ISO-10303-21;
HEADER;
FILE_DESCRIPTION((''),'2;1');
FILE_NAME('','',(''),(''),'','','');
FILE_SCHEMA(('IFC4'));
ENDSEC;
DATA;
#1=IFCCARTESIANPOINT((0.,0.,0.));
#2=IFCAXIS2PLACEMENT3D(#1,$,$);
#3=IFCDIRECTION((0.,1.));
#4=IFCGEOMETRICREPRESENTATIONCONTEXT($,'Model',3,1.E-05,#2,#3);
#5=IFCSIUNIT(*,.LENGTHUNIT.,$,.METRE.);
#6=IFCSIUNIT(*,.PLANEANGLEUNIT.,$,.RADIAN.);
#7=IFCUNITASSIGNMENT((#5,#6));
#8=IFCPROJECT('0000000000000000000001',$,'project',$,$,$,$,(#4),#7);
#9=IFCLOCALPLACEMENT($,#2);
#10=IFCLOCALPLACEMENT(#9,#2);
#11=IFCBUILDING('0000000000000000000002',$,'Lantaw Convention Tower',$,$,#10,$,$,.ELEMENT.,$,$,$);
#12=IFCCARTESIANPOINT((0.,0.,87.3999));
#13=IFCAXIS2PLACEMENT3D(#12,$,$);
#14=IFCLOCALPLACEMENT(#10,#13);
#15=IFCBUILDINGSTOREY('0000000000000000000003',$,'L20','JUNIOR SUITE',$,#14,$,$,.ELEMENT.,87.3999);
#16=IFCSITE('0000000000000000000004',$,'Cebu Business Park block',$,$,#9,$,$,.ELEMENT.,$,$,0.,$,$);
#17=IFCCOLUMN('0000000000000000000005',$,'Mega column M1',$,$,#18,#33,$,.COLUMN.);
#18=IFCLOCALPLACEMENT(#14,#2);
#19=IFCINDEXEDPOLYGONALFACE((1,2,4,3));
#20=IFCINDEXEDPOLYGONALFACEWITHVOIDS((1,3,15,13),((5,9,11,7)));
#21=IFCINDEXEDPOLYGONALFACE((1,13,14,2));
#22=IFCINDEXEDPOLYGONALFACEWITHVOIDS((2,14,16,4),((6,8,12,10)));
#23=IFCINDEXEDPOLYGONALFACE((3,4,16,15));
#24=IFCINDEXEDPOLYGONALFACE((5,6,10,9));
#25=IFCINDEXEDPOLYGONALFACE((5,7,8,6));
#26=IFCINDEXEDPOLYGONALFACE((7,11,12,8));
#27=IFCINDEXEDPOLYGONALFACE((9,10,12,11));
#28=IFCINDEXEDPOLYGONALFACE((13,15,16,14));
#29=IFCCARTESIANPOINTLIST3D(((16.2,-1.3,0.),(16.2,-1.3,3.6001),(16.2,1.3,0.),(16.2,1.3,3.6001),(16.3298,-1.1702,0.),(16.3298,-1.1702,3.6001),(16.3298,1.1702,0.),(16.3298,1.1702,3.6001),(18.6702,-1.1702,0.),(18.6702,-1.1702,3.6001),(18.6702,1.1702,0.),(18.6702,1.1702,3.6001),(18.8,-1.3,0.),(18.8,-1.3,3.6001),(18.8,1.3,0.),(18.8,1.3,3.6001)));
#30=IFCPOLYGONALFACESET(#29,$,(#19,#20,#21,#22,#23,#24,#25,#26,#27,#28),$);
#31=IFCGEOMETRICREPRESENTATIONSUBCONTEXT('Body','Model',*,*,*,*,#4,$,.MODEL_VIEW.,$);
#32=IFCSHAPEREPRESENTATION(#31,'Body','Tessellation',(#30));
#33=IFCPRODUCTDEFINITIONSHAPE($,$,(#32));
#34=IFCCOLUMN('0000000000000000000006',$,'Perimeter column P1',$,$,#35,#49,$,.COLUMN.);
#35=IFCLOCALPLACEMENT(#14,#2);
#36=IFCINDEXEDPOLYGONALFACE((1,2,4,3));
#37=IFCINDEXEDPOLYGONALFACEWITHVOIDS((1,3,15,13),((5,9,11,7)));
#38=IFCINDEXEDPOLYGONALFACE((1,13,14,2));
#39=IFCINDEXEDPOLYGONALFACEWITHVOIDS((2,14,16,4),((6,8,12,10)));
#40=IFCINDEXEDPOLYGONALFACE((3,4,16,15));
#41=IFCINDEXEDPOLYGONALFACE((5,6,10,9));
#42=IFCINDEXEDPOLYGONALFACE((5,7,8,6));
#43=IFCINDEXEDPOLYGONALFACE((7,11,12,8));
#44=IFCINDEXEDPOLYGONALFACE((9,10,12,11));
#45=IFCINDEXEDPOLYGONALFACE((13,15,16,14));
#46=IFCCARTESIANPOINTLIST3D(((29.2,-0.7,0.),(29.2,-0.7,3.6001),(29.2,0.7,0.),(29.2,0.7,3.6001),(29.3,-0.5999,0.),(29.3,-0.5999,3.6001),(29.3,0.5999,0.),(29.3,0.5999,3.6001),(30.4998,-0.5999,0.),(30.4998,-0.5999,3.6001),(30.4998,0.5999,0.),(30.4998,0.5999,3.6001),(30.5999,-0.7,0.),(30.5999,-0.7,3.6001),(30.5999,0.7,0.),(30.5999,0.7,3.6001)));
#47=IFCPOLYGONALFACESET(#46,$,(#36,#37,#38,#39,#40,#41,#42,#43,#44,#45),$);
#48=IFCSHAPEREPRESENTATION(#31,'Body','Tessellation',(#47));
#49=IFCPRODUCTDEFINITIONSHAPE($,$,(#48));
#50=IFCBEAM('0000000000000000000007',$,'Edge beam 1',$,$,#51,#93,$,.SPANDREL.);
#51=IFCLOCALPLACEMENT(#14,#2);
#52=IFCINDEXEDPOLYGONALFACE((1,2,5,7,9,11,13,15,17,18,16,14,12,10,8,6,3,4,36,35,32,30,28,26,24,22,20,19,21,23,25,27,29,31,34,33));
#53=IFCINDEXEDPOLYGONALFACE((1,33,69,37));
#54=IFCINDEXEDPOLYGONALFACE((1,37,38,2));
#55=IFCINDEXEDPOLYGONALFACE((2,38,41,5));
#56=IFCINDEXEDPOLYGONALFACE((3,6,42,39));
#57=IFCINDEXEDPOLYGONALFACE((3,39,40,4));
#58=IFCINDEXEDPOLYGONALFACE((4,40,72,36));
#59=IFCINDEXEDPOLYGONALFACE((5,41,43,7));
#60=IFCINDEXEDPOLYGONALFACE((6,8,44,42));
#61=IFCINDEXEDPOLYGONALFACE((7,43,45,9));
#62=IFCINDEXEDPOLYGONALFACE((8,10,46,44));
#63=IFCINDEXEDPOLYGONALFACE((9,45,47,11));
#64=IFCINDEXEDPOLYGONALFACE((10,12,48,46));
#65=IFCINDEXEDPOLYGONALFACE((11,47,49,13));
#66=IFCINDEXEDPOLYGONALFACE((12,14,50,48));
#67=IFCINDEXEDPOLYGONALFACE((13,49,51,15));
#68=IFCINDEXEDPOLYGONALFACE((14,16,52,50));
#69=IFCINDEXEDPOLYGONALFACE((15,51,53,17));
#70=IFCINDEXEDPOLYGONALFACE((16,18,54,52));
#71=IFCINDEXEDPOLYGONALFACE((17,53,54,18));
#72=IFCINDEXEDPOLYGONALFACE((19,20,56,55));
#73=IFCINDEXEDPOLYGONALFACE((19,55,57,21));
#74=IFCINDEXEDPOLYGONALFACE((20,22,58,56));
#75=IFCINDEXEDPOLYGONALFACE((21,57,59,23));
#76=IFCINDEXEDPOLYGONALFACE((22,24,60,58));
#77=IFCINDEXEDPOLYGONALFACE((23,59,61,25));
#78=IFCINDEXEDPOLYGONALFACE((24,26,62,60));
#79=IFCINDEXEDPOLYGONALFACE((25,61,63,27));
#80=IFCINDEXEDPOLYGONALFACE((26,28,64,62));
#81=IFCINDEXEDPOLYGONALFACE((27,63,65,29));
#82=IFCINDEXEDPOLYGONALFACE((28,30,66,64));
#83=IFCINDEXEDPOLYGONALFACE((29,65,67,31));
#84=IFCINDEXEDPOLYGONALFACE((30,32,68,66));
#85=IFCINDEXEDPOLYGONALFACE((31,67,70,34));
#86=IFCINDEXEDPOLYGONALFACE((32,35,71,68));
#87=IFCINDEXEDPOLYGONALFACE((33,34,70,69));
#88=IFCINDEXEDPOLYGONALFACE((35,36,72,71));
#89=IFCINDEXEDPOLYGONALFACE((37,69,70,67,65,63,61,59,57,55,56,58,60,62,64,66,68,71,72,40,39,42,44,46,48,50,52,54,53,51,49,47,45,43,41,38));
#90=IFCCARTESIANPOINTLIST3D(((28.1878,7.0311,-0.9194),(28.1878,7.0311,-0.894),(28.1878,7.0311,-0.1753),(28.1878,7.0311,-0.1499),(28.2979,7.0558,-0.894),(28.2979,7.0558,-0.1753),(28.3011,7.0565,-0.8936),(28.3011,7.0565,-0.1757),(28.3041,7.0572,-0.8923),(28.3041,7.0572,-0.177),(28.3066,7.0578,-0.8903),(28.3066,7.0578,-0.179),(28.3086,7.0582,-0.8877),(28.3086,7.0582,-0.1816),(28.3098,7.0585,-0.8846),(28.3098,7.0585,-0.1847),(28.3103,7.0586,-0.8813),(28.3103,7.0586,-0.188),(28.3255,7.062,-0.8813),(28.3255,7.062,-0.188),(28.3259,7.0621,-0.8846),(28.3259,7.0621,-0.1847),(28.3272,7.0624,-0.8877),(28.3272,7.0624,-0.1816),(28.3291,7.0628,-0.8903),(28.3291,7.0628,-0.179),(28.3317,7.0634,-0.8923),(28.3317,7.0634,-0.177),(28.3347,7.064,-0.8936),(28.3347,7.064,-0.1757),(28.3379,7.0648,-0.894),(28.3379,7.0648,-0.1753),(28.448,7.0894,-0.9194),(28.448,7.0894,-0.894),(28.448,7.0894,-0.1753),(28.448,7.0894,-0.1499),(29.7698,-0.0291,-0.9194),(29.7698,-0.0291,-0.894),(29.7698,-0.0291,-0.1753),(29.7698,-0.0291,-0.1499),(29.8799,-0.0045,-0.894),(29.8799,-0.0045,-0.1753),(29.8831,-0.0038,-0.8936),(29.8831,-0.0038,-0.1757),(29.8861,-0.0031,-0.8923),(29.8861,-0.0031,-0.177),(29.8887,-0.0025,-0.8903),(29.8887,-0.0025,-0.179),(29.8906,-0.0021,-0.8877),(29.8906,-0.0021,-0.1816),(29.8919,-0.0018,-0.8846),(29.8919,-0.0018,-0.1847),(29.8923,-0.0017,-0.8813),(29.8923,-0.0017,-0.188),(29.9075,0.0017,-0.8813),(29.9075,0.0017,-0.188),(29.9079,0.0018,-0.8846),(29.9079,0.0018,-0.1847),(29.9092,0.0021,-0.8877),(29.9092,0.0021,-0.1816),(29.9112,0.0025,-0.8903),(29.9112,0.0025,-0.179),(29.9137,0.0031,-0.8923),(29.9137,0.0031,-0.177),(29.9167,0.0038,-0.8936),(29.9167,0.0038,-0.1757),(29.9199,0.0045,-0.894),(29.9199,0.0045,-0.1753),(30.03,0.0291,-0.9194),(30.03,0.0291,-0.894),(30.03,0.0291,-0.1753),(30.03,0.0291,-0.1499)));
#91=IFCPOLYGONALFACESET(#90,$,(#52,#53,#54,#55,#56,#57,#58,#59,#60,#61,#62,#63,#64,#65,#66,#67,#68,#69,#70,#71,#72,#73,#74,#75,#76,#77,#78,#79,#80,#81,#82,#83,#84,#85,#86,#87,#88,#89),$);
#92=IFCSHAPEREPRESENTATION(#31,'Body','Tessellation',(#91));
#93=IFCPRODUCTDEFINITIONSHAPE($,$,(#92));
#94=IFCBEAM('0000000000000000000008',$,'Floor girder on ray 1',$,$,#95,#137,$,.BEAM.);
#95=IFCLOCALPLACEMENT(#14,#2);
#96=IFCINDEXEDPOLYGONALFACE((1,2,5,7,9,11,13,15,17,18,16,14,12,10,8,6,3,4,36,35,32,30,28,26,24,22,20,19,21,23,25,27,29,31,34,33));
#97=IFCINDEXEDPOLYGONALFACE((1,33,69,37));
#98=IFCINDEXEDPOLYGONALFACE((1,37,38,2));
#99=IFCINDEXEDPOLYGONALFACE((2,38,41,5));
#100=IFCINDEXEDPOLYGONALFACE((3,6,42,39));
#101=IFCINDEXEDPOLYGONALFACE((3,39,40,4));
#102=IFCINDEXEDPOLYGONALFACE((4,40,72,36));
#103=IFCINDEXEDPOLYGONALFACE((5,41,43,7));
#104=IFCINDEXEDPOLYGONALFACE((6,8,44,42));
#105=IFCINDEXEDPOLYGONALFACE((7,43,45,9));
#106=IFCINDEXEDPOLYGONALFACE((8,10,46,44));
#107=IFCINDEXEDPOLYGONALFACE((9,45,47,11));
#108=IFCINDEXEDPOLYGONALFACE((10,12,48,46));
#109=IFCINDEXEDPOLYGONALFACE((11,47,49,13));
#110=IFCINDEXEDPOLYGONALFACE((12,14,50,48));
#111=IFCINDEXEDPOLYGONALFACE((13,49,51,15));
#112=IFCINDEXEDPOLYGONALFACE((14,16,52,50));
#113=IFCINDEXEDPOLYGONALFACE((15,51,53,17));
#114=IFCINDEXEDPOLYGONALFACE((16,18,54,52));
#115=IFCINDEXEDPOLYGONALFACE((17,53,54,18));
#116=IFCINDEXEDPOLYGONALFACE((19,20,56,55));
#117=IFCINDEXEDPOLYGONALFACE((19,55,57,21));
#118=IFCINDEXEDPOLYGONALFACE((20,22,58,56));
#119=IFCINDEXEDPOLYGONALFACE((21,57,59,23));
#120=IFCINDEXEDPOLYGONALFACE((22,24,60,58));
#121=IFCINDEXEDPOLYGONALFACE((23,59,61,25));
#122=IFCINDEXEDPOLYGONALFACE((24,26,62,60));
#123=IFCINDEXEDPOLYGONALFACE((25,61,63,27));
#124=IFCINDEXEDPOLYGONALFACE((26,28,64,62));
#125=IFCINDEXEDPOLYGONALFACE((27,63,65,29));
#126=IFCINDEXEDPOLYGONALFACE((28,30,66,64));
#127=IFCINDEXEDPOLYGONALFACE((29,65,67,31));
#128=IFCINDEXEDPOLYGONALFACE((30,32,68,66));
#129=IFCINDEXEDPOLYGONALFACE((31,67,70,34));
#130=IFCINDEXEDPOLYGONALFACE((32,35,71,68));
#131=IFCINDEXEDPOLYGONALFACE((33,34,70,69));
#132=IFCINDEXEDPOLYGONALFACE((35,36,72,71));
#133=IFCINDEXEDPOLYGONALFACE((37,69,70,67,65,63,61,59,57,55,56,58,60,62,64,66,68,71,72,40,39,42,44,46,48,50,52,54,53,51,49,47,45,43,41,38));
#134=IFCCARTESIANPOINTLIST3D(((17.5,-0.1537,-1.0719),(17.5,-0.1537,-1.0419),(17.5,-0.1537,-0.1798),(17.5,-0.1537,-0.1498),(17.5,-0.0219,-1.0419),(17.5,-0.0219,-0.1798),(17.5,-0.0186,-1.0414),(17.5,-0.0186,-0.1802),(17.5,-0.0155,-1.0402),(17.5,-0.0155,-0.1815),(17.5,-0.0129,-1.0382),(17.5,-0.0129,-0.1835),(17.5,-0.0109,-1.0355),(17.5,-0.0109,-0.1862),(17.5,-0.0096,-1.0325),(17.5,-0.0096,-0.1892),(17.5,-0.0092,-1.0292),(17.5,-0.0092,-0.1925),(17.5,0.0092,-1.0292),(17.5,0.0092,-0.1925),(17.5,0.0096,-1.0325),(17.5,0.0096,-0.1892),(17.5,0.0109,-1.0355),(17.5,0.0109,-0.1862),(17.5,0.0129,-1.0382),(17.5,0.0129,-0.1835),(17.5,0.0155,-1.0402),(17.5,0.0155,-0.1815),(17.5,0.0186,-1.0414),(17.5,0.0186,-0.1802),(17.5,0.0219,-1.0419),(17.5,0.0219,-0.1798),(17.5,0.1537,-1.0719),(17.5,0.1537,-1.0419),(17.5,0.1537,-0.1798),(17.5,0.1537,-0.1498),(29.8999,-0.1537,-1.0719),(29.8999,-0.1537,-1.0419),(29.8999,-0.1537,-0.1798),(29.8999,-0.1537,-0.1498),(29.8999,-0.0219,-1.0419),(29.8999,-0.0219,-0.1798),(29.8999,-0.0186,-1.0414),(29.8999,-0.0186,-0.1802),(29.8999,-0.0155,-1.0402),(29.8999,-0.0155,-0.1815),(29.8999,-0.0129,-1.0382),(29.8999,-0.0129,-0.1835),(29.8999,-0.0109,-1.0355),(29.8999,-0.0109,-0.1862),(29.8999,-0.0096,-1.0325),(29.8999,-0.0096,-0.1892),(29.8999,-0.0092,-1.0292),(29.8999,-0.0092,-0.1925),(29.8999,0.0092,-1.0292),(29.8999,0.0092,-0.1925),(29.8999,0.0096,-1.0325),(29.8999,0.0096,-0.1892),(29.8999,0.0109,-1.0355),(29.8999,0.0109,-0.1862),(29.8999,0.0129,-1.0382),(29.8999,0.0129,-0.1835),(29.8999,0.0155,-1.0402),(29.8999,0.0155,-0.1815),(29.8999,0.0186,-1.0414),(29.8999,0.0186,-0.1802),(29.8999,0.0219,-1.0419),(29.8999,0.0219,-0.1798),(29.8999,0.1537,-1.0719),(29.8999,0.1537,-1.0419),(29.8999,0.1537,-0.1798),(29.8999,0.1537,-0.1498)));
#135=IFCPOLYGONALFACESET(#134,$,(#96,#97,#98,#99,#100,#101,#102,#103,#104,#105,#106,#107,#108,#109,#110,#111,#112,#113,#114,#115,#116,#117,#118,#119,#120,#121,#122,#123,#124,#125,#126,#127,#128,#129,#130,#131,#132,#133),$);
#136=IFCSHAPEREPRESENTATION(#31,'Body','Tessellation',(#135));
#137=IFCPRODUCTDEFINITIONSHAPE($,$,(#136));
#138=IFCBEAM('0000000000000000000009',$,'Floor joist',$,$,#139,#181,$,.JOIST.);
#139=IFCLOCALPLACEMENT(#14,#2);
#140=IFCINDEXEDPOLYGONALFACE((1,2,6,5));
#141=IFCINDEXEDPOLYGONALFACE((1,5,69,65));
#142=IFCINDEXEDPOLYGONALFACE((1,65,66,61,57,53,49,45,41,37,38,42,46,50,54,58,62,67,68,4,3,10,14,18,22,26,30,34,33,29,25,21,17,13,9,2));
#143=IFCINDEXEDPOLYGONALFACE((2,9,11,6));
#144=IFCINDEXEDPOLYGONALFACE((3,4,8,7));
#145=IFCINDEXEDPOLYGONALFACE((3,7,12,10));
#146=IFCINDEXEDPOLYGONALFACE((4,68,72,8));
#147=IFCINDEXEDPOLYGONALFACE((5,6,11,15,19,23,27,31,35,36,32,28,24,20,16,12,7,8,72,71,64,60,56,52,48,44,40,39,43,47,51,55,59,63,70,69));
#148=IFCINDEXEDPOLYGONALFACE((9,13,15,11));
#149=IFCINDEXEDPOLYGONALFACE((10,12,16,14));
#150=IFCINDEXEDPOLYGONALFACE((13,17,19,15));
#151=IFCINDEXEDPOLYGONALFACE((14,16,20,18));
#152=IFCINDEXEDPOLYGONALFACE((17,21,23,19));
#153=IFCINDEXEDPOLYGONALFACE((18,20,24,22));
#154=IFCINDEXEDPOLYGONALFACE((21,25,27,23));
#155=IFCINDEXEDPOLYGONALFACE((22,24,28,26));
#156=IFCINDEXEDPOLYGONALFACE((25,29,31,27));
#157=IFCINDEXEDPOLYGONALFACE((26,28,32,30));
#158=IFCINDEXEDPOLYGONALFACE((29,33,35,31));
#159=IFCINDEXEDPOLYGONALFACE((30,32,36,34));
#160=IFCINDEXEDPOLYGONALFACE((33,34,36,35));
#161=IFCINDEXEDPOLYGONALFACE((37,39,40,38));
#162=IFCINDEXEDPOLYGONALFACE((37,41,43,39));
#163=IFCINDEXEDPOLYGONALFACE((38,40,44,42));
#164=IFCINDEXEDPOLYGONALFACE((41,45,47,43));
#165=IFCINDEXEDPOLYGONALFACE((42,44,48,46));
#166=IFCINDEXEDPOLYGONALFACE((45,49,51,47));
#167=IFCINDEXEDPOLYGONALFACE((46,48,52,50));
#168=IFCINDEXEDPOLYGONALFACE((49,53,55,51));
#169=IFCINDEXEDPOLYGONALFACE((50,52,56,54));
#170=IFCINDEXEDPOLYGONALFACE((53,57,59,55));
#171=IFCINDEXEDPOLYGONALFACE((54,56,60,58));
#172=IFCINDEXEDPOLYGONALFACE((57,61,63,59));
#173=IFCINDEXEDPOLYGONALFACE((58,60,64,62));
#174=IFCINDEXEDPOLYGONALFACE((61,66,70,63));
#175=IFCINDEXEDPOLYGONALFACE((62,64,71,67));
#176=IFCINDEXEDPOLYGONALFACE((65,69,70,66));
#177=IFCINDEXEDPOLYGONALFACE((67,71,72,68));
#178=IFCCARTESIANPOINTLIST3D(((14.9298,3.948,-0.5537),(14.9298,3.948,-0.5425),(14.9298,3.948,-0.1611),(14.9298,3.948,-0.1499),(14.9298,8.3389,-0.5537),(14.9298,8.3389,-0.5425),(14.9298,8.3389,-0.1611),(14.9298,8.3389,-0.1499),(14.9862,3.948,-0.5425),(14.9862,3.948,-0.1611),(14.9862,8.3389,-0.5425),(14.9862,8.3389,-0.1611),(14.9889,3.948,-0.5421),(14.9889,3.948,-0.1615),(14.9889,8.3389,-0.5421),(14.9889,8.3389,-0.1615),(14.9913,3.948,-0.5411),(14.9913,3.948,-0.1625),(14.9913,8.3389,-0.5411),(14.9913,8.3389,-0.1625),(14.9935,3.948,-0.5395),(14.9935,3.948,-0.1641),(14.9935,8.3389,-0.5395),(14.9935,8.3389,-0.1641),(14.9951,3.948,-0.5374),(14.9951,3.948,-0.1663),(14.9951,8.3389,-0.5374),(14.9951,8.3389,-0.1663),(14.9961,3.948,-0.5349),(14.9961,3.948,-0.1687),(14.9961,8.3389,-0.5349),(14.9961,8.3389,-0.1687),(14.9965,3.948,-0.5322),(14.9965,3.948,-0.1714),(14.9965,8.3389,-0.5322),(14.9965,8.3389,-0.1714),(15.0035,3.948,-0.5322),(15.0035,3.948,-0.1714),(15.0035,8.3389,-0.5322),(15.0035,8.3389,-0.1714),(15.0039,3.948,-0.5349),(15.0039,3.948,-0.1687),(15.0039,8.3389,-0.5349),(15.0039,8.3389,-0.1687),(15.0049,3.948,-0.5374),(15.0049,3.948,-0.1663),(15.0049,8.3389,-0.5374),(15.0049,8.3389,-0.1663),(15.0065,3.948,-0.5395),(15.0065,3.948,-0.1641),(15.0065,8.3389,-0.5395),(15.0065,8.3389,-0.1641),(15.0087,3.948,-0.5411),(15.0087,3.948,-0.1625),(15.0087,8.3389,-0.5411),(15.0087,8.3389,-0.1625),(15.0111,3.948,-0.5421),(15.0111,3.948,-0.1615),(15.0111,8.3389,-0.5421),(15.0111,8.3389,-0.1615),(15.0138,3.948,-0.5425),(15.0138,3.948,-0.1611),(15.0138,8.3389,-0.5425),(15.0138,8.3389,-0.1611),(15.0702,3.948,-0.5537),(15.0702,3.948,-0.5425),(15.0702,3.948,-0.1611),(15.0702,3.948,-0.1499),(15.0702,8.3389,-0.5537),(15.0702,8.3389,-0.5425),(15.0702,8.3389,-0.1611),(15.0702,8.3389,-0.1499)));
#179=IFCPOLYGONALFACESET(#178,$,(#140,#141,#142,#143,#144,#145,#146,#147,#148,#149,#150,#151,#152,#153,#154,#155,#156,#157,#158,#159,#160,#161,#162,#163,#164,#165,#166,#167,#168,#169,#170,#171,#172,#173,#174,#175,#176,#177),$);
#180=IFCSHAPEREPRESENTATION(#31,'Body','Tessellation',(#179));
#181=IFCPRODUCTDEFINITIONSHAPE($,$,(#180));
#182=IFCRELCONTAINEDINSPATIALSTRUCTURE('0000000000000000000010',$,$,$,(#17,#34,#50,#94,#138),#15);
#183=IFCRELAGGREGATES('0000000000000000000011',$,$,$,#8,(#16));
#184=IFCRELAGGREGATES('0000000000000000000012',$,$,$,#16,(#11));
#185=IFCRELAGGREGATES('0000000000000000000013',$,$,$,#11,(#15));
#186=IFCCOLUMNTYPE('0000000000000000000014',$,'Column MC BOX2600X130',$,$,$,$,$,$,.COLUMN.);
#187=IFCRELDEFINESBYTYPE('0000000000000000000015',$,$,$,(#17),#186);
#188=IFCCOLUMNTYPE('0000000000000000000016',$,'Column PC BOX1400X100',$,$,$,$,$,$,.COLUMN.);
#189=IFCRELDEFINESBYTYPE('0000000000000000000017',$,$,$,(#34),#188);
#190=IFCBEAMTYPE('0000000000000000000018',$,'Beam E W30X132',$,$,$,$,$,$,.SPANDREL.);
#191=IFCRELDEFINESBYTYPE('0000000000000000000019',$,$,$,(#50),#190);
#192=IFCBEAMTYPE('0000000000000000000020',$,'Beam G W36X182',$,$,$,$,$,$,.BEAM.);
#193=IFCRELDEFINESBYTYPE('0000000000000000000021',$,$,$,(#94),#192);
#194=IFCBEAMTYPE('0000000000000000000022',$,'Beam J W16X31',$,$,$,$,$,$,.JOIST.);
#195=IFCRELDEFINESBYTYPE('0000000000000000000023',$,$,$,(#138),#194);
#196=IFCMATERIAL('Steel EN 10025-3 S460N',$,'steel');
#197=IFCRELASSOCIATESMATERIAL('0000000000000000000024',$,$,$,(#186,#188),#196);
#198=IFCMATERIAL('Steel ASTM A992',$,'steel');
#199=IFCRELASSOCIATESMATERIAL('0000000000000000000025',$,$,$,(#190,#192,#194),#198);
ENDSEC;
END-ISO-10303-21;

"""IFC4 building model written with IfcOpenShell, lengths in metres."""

from ifc_helpers import new_model, si_unit, direction, frame, origin, origin_2d, place, context, subcontext, project, spatial, rectangle, hollow_rectangle, i_section, extrude, material, material_profile, profile_set, type_object, element, save


model = new_model("IFC4")

# Units and contexts
model_context = context("Model", 3, precision=1e-05, world=origin(), true_north=direction((0.0, 1.0)))
body_context = subcontext(model_context, "Body", "Model", "MODEL_VIEW")
ifc_project = project(units=[si_unit("LENGTHUNIT", "METRE"), si_unit("PLANEANGLEUNIT", "RADIAN")], contexts=[model_context])

# Site, building, storey
site_placement = place(None, origin())
site = spatial("IfcSite", under=ifc_project, at=site_placement, Name="Cebu Business Park block", CompositionType="ELEMENT", RefElevation=0.0)
building_placement = place(site_placement, origin())
building = spatial("IfcBuilding", under=site, at=building_placement, Name="Lantaw Convention Tower", CompositionType="ELEMENT")
storey_placement = place(building_placement, frame((0.0, 0.0, 87.3999)))
storey = spatial("IfcBuildingStorey", under=building, at=storey_placement, Name="L20", Description="JUNIOR SUITE", CompositionType="ELEMENT", Elevation=87.3999)

# Columns
ifc_material_1 = material(Name="Steel EN 10025-3 S460N", Category="steel")
ifc_material_profile_1 = material_profile(ifc_material_1, hollow_rectangle(XDim=2.6001, YDim=2.6001, WallThickness=0.1299, at=origin_2d()), Name="BOX2600X130")
ifc_material_2 = material(Name="Concrete C60/75", Category="concrete")
ifc_material_profile_2 = material_profile(ifc_material_2, rectangle(XDim=2.3401, YDim=2.3401, at=origin_2d()), Name="Concrete fill of BOX2600X130")
ifc_profile_set_1 = profile_set([ifc_material_profile_1, ifc_material_profile_2], Name="Steel EN 10025-3 S460N")
column_type_1 = type_object("IfcColumnType", Name="Column MC BOX2600X130", PredefinedType="COLUMN", material=ifc_profile_set_1)
column_1_placement = place(storey_placement, frame((17.5, 0.0, 0.0), z_axis=(0.0, 0.0, 1.0), x_axis=(1.0, 0.0, 0.0)))
element("IfcColumn", 1, at=column_1_placement, inside=storey, type_object=column_type_1, Name="Mega column M1", PredefinedType="COLUMN", context=body_context, shape_type="SweptSolid", body=[
    extrude(hollow_rectangle(XDim=2.6001, YDim=2.6001, WallThickness=0.1299, at=origin_2d()), origin(), (0.0, 0.0, 1.0), 3.6001),
])
ifc_material_profile_3 = material_profile(ifc_material_1, hollow_rectangle(XDim=1.3999, YDim=1.3999, WallThickness=0.1001, at=origin_2d()), Name="BOX1400X100")
ifc_material_profile_4 = material_profile(ifc_material_2, rectangle(XDim=1.2, YDim=1.2, at=origin_2d()), Name="Concrete fill of BOX1400X100")
ifc_profile_set_2 = profile_set([ifc_material_profile_3, ifc_material_profile_4], Name="Steel EN 10025-3 S460N")
column_type_2 = type_object("IfcColumnType", Name="Column PC BOX1400X100", PredefinedType="COLUMN", material=ifc_profile_set_2)
column_2_placement = place(storey_placement, frame((29.8999, 0.0, 0.0), z_axis=(0.0, 0.0, 1.0), x_axis=(1.0, 0.0, 0.0)))
element("IfcColumn", 2, at=column_2_placement, inside=storey, type_object=column_type_2, Name="Perimeter column P1", PredefinedType="COLUMN", context=body_context, shape_type="SweptSolid", body=[
    extrude(hollow_rectangle(XDim=1.3999, YDim=1.3999, WallThickness=0.1001, at=origin_2d()), origin(), (0.0, 0.0, 1.0), 3.6001),
])

# Beams
ifc_material_3 = material(Name="Steel ASTM A992", Category="steel")
ifc_material_profile_5 = material_profile(ifc_material_3, i_section(OverallWidth=0.2666, OverallDepth=0.7695, WebThickness=0.0156, FlangeThickness=0.0254, FilletRadius=0.0127, at=origin_2d()), Name="W30X132")
ifc_profile_set_3 = profile_set([ifc_material_profile_5], Name="Steel ASTM A992")
beam_type_1 = type_object("IfcBeamType", Name="Beam E W30X132", PredefinedType="SPANDREL", material=ifc_profile_set_3)
beam_1_placement = place(storey_placement, frame((29.8999, 0.0, -0.5347), z_axis=(-0.218652, 0.975803, 0.0), x_axis=(-0.975803, -0.218652, 0.0)))
element("IfcBeam", 3, at=beam_1_placement, inside=storey, type_object=beam_type_1, Name="Edge beam 1", PredefinedType="SPANDREL", context=body_context, shape_type="SweptSolid", body=[
    extrude(i_section(OverallWidth=0.2666, OverallDepth=0.7695, WebThickness=0.0156, FlangeThickness=0.0254, FilletRadius=0.0127, at=origin_2d()), origin(), (0.0, 0.0, 1.0), 7.2354),
])
ifc_material_profile_6 = material_profile(ifc_material_3, i_section(OverallWidth=0.3074, OverallDepth=0.9221, WebThickness=0.0183, FlangeThickness=0.03, FilletRadius=0.0127, at=origin_2d()), Name="W36X182")
ifc_profile_set_4 = profile_set([ifc_material_profile_6], Name="Steel ASTM A992")
beam_type_2 = type_object("IfcBeamType", Name="Beam G W36X182", PredefinedType="BEAM", material=ifc_profile_set_4)
beam_2_placement = place(storey_placement, frame((17.5, 0.0, -0.6108), z_axis=(1.0, 0.0, 0.0), x_axis=(0.0, 1.0, 0.0)))
element("IfcBeam", 4, at=beam_2_placement, inside=storey, type_object=beam_type_2, Name="Floor girder on ray 1", PredefinedType="BEAM", context=body_context, shape_type="SweptSolid", body=[
    extrude(i_section(OverallWidth=0.3074, OverallDepth=0.9221, WebThickness=0.0183, FlangeThickness=0.03, FilletRadius=0.0127, at=origin_2d()), origin(), (0.0, 0.0, 1.0), 12.3999),
])
ifc_material_profile_7 = material_profile(ifc_material_3, i_section(OverallWidth=0.1404, OverallDepth=0.4038, WebThickness=0.0071, FlangeThickness=0.0112, FilletRadius=0.0103, at=origin_2d()), Name="W16X31")
ifc_profile_set_5 = profile_set([ifc_material_profile_7], Name="Steel ASTM A992")
beam_type_3 = type_object("IfcBeamType", Name="Beam J W16X31", PredefinedType="JOIST", material=ifc_profile_set_5)
beam_3_placement = place(storey_placement, frame((15.0, 3.948, -0.3518), z_axis=(0.0, 1.0, 0.0), x_axis=(-1.0, 0.0, 0.0)))
element("IfcBeam", 5, at=beam_3_placement, inside=storey, type_object=beam_type_3, Name="Floor joist", PredefinedType="JOIST", context=body_context, shape_type="SweptSolid", body=[
    extrude(i_section(OverallWidth=0.1404, OverallDepth=0.4038, WebThickness=0.0071, FlangeThickness=0.0112, FilletRadius=0.0103, at=origin_2d()), origin(), (0.0, 0.0, 1.0), 4.3909),
])

save(model, "model.ifc")
